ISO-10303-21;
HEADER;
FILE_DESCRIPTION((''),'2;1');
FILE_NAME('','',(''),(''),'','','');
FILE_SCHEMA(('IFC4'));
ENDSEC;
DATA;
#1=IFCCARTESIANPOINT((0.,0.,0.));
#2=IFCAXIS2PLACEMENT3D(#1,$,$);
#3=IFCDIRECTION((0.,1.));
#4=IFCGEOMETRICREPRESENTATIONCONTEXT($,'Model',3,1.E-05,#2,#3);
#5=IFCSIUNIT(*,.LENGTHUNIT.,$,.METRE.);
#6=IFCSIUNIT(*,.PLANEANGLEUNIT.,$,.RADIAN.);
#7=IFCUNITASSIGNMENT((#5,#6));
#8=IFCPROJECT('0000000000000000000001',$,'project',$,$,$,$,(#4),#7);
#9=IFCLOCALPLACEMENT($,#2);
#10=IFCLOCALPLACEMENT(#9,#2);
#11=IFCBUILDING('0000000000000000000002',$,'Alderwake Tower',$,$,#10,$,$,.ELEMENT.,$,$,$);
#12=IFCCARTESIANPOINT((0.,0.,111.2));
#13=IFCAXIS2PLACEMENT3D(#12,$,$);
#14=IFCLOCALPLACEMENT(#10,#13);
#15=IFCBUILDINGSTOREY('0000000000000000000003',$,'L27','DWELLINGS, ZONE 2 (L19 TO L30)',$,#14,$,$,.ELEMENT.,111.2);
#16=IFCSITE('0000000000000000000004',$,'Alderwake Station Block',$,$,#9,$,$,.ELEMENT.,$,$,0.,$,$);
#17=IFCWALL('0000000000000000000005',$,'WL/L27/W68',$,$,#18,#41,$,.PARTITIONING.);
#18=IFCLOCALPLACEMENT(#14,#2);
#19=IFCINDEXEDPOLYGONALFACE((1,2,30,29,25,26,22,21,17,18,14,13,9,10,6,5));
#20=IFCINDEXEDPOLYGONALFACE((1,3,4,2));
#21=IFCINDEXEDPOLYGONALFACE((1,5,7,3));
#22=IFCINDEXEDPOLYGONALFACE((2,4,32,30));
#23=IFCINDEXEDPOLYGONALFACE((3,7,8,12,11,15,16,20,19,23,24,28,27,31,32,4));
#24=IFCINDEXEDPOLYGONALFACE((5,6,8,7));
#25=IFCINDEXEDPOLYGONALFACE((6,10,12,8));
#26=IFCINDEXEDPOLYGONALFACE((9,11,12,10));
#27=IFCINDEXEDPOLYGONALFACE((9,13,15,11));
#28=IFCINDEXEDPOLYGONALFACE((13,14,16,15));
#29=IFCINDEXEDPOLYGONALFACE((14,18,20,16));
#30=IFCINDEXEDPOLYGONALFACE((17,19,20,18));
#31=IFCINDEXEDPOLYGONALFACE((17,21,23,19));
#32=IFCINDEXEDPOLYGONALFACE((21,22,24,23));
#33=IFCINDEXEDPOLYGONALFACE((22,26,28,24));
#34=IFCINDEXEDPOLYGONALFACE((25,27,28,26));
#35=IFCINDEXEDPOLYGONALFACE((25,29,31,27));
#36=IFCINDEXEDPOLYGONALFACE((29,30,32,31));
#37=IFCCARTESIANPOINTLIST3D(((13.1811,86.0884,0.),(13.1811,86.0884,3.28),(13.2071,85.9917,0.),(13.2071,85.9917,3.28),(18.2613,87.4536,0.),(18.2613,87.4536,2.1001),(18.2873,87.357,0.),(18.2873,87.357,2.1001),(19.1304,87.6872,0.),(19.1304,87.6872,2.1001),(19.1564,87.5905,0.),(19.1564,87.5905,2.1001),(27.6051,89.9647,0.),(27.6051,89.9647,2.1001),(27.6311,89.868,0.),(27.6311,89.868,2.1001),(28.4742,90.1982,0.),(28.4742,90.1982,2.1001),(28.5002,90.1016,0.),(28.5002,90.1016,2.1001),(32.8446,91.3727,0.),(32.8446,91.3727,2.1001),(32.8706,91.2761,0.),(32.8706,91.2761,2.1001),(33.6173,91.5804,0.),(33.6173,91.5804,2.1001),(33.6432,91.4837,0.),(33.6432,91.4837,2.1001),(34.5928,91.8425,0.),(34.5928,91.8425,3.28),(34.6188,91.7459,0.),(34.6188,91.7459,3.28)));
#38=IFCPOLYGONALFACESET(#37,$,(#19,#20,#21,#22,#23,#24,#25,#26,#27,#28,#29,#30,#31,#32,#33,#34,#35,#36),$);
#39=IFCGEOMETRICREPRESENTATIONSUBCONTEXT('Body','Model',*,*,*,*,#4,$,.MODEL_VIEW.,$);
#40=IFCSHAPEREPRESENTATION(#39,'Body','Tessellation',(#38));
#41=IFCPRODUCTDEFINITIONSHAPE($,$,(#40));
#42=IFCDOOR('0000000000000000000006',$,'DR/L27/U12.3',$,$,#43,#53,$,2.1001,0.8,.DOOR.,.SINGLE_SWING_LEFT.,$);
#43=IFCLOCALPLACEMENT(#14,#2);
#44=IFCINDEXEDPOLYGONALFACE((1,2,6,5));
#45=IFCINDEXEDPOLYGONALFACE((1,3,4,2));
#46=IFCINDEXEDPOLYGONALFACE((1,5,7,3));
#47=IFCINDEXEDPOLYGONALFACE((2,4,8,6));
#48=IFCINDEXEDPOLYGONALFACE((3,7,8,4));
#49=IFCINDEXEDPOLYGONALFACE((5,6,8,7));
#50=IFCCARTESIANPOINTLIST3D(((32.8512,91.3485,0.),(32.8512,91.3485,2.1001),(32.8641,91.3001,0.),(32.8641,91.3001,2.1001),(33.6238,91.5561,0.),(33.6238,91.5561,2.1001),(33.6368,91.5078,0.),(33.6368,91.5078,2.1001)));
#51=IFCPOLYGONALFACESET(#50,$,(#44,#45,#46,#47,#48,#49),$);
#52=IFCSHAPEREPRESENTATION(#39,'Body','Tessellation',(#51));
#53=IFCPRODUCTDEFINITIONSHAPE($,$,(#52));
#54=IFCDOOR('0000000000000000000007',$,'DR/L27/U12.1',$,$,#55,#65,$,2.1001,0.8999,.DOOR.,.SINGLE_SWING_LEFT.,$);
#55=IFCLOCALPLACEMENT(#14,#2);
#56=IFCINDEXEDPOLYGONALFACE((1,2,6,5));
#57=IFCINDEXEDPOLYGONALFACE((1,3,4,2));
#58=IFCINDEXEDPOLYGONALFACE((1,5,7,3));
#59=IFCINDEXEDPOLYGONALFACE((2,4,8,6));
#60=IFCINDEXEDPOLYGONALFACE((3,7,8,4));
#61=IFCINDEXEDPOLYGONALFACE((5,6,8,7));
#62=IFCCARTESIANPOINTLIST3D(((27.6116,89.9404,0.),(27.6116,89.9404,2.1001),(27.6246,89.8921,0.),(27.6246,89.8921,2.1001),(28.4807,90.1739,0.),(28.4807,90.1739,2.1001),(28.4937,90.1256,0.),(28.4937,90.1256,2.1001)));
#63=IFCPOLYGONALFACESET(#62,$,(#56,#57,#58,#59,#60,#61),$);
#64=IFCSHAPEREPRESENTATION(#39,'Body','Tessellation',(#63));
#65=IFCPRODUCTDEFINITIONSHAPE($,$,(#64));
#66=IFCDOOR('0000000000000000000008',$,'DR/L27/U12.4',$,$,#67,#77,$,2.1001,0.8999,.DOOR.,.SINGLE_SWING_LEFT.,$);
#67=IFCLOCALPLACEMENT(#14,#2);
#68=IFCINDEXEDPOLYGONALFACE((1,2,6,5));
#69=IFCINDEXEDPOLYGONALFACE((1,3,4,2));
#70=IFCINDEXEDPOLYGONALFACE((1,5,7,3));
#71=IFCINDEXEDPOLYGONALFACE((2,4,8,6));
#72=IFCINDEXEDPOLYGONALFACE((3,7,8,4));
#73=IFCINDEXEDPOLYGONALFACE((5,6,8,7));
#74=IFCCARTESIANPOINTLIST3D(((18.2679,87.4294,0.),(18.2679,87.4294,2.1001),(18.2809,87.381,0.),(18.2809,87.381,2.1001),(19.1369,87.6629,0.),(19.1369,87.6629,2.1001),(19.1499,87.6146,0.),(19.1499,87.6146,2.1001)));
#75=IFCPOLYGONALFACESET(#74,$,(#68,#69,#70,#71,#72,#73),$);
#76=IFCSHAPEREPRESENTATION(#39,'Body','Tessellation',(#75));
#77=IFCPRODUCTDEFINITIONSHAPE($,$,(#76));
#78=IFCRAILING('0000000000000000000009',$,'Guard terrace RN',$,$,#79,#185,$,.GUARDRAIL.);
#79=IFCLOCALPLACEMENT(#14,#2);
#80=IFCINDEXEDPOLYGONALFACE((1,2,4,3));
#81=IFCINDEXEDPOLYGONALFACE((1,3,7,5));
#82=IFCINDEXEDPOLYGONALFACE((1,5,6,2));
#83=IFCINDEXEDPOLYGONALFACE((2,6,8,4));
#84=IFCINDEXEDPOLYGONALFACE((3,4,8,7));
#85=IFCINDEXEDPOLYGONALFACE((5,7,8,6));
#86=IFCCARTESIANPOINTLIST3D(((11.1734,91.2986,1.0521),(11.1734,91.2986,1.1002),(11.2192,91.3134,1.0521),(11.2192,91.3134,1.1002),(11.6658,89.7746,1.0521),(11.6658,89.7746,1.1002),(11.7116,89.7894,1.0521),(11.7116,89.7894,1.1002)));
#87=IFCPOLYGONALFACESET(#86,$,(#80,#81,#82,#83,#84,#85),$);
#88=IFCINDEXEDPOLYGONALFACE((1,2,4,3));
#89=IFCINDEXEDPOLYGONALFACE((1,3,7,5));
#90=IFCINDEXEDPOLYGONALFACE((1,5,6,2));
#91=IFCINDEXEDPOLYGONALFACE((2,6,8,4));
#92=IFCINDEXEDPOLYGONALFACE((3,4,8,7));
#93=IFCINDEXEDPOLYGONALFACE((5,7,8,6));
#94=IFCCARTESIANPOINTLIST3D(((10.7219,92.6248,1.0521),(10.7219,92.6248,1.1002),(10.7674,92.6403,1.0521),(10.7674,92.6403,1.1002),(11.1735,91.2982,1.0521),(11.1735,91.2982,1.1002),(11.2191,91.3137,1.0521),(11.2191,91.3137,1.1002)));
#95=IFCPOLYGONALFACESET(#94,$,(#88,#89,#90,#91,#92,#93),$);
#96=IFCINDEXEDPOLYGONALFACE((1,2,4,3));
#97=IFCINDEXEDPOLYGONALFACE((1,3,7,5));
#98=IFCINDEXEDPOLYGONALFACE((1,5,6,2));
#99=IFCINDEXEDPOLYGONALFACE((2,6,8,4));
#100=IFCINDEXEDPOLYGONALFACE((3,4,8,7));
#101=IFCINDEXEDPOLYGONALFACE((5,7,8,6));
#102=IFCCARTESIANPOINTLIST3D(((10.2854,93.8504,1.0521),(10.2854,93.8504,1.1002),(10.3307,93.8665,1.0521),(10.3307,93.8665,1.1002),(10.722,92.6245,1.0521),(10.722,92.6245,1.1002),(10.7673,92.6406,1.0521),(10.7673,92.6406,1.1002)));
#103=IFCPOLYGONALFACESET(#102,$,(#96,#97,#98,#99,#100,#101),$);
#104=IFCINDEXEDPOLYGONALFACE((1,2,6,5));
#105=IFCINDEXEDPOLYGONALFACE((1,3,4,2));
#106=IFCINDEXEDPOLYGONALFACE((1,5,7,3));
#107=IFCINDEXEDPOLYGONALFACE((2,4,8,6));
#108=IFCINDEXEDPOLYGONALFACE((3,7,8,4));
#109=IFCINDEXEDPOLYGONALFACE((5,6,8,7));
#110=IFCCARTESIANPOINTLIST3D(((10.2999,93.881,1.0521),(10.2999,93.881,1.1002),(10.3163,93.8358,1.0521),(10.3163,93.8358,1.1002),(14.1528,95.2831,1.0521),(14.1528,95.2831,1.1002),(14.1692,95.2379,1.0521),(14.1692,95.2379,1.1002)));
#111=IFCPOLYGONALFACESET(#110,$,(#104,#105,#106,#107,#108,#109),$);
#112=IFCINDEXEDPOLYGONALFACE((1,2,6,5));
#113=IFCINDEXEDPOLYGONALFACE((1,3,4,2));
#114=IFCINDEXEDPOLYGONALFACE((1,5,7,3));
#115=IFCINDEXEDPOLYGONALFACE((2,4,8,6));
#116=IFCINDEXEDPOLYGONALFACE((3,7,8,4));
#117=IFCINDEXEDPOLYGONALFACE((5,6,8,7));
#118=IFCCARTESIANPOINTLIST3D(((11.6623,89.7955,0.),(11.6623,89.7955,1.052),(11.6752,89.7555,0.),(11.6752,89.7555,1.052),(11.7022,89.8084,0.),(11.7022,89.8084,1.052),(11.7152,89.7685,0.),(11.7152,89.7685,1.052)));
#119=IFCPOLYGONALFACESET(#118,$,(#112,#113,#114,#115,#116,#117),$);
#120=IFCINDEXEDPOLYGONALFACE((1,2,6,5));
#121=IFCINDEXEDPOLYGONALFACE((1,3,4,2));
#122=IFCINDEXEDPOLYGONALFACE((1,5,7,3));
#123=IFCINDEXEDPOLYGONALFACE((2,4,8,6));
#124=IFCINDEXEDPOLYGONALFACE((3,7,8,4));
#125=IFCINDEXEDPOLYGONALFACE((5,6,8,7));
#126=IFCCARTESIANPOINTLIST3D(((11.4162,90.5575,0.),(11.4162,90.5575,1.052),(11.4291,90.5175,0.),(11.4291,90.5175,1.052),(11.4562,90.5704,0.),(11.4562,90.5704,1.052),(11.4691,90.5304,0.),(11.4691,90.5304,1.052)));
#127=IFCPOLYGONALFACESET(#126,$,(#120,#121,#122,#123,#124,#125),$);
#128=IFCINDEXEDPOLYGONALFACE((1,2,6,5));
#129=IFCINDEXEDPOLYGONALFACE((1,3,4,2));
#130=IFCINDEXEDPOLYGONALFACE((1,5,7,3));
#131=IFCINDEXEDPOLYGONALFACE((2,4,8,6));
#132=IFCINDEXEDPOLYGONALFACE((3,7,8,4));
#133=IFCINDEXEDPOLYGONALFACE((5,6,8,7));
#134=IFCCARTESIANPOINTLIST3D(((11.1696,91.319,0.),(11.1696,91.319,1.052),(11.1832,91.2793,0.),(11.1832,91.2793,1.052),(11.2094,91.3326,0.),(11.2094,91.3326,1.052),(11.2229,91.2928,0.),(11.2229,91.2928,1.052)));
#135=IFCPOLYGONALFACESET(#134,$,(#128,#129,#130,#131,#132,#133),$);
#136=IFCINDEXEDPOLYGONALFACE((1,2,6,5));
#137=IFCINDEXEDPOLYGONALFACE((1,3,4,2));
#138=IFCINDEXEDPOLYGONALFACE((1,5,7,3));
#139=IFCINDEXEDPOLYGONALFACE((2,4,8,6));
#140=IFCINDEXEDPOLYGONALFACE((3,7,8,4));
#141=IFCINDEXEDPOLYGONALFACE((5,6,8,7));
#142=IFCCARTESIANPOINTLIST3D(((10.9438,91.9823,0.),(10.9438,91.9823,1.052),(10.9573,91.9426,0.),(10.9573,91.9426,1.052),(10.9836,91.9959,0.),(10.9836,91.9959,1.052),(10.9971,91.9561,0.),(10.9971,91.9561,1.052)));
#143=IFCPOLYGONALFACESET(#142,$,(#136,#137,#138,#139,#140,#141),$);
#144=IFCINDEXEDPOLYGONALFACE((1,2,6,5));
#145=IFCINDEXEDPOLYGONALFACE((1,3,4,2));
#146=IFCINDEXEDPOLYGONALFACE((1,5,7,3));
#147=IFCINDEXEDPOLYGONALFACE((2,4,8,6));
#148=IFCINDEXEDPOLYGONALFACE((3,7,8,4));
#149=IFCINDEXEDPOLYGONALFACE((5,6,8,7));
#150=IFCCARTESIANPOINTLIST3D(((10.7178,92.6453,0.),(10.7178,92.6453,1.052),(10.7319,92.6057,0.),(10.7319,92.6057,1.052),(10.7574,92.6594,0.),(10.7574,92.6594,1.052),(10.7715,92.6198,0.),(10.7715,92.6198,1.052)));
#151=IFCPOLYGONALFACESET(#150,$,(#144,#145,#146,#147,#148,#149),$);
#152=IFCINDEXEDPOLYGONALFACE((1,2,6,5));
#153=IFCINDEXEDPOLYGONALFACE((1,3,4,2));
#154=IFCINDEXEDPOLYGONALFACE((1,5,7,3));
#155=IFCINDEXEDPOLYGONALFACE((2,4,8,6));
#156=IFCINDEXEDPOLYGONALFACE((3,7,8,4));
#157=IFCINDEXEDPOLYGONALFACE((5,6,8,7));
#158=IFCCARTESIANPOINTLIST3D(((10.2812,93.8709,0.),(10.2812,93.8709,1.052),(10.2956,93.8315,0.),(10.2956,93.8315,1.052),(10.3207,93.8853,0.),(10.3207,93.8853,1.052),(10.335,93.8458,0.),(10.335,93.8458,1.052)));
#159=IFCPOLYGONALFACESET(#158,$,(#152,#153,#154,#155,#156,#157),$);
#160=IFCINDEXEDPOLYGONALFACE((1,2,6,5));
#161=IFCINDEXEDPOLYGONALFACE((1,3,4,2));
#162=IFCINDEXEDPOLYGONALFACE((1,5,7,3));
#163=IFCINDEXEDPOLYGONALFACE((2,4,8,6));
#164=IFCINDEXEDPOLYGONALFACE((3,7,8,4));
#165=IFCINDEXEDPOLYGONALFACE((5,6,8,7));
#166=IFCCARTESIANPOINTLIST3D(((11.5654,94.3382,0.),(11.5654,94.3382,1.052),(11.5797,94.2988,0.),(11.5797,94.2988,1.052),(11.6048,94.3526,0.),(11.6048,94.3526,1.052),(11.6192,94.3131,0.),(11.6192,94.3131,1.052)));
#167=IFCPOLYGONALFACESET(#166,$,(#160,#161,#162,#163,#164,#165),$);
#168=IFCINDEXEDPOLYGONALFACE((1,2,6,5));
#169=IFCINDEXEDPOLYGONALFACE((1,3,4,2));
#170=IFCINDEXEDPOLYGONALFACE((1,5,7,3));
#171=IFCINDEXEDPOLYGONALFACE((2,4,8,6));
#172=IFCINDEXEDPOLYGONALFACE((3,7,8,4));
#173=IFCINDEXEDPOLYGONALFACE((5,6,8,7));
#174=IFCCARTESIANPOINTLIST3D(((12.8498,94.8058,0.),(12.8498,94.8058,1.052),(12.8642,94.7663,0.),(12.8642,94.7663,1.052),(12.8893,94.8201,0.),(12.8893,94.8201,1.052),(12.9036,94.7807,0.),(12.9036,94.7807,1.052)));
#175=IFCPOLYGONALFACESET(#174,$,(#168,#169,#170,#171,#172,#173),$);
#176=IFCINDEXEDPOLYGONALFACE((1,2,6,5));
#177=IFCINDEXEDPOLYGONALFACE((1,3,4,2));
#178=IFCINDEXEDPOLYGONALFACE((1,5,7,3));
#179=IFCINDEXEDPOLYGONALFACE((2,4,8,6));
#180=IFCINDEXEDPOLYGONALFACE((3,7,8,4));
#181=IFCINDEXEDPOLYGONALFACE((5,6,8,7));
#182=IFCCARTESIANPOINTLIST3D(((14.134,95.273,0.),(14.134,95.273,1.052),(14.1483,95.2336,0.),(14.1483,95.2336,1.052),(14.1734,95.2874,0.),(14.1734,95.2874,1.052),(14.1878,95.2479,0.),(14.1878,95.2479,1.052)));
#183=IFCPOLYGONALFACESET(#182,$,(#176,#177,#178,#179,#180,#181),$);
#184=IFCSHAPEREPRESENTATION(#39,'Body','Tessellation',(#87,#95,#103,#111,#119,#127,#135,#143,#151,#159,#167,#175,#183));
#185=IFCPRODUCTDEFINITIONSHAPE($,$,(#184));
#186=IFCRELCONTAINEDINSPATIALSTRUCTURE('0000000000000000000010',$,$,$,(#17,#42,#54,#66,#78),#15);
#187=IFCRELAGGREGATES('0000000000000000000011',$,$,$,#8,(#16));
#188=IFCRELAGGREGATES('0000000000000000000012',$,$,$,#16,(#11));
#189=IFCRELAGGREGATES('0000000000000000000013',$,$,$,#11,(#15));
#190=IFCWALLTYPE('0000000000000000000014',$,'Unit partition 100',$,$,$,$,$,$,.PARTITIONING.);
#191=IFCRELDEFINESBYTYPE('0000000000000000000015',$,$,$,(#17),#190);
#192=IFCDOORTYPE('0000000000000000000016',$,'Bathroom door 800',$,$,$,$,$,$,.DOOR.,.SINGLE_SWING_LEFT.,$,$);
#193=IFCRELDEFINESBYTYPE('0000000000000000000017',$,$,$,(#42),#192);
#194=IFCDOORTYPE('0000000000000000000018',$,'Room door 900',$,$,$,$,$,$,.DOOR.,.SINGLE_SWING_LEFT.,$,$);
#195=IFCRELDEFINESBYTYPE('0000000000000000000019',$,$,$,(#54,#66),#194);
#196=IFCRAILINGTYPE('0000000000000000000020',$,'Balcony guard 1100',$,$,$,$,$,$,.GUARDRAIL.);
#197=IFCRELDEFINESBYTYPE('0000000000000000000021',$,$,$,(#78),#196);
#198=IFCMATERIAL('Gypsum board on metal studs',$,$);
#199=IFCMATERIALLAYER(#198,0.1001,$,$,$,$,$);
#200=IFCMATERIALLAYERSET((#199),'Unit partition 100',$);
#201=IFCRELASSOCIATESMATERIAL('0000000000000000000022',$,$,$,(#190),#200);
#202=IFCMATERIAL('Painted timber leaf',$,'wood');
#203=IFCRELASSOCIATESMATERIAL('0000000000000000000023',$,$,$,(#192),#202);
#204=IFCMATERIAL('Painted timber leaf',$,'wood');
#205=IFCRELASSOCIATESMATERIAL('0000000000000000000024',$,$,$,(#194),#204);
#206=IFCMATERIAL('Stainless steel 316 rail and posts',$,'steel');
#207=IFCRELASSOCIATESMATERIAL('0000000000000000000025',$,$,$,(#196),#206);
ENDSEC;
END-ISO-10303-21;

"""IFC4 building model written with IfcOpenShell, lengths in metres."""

from ifc_helpers import new_model, si_unit, direction, frame, frame_2d, origin, origin_2d, place, context, subcontext, project, spatial, rectangle, extrude, material, layer, layer_set, type_object, element, fill, save


model = new_model("IFC4")

# Units and contexts
model_context = context("Model", 3, precision=1e-05, world=origin(), true_north=direction((0.0, 1.0)))
body_context = subcontext(model_context, "Body", "Model", "MODEL_VIEW")
ifc_project = project(units=[si_unit("LENGTHUNIT", "METRE"), si_unit("PLANEANGLEUNIT", "RADIAN")], contexts=[model_context])

# Site, building, storey
site_placement = place(None, origin())
site = spatial("IfcSite", under=ifc_project, at=site_placement, Name="Alderwake Station Block", CompositionType="ELEMENT", RefElevation=0.0)
building_placement = place(site_placement, origin())
building = spatial("IfcBuilding", under=site, at=building_placement, Name="Alderwake Tower", CompositionType="ELEMENT")
storey_placement = place(building_placement, frame((0.0, 0.0, 111.2)))
storey = spatial("IfcBuildingStorey", under=building, at=storey_placement, Name="L27", Description="DWELLINGS, ZONE 2 (L19 TO L30)", CompositionType="ELEMENT", Elevation=111.2)

# Wall, openings, doors
ifc_material_1 = material(Name="Gypsum board on metal studs")
ifc_layer_1 = layer(ifc_material_1, 0.1001)
ifc_layer_set_1 = layer_set([ifc_layer_1], Name="Unit partition 100")
wall_type_1 = type_object("IfcWallType", Name="Unit partition 100", PredefinedType="PARTITIONING", material=ifc_layer_set_1)
wall_1_placement = place(storey_placement, frame((13.1941, 86.04, 0.0), z_axis=(0.0, 0.0, 1.0), x_axis=(0.965735, 0.259531, 0.0)))
wall_1 = element("IfcWall", 1, at=wall_1_placement, inside=storey, type_object=wall_type_1, Name="WL/L27/W68", PredefinedType="PARTITIONING", context=body_context, shape_type="SweptSolid", body=[
    extrude(rectangle(XDim=22.1714, YDim=0.1001, at=frame_2d((11.0857, 0.0))), origin(), (0.0, 0.0, 1.0), 3.28),
])
opening_1_placement = place(wall_1_placement, frame((14.9358, 0.0, 0.0)))
opening_1 = element("IfcOpeningElement", 2, at=opening_1_placement, cuts=wall_1, PredefinedType="OPENING", context=body_context, shape_type="SweptSolid", body=[
    extrude(rectangle(XDim=0.8999, YDim=2.1001, at=frame_2d((0.45, 1.05))), frame((0.0, 0.0601, 0.0), z_axis=(0.0, -1.0, 0.0), x_axis=(1.0, 0.0, 0.0)), (0.0, 0.0, 1.0), 0.1201),
])
opening_2_placement = place(wall_1_placement, frame((20.3613, 0.0, 0.0)))
opening_2 = element("IfcOpeningElement", 3, at=opening_2_placement, cuts=wall_1, PredefinedType="OPENING", context=body_context, shape_type="SweptSolid", body=[
    extrude(rectangle(XDim=0.8, YDim=2.1001, at=frame_2d((0.3999, 1.05))), frame((0.0, 0.0601, 0.0), z_axis=(0.0, -1.0, 0.0), x_axis=(1.0, 0.0, 0.0)), (0.0, 0.0, 1.0), 0.1201),
])
opening_3_placement = place(wall_1_placement, frame((5.2605, 0.0, 0.0)))
opening_3 = element("IfcOpeningElement", 4, at=opening_3_placement, cuts=wall_1, PredefinedType="OPENING", context=body_context, shape_type="SweptSolid", body=[
    extrude(rectangle(XDim=0.8999, YDim=2.1001, at=frame_2d((0.45, 1.05))), frame((0.0, 0.0601, 0.0), z_axis=(0.0, -1.0, 0.0), x_axis=(1.0, 0.0, 0.0)), (0.0, 0.0, 1.0), 0.1201),
])
ifc_material_2 = material(Name="Painted timber leaf", Category="wood")
door_type_1 = type_object("IfcDoorType", Name="Bathroom door 800", OperationType="SINGLE_SWING_LEFT", PredefinedType="DOOR", material=ifc_material_2)
door_1_placement = place(opening_2_placement, origin())
door_1 = element("IfcDoor", 5, at=door_1_placement, inside=storey, type_object=door_type_1, Name="DR/L27/U12.3", OperationType="SINGLE_SWING_LEFT", OverallHeight=2.1001, OverallWidth=0.8, PredefinedType="DOOR", context=body_context, shape_type="SweptSolid", body=[
    extrude(rectangle(XDim=0.8, YDim=2.1001, at=frame_2d((0.3999, 1.05))), frame((0.0, 0.0249, 0.0), z_axis=(0.0, -1.0, 0.0), x_axis=(1.0, 0.0, 0.0)), (0.0, 0.0, 1.0), 0.05),
])
fill(opening_2, door_1)
ifc_material_3 = material(Name="Painted timber leaf", Category="wood")
door_type_2 = type_object("IfcDoorType", Name="Room door 900", OperationType="SINGLE_SWING_LEFT", PredefinedType="DOOR", material=ifc_material_3)
door_2_placement = place(opening_1_placement, origin())
door_2 = element("IfcDoor", 6, at=door_2_placement, inside=storey, type_object=door_type_2, Name="DR/L27/U12.1", OperationType="SINGLE_SWING_LEFT", OverallHeight=2.1001, OverallWidth=0.8999, PredefinedType="DOOR", context=body_context, shape_type="SweptSolid", body=[
    extrude(rectangle(XDim=0.8999, YDim=2.1001, at=frame_2d((0.45, 1.05))), frame((0.0, 0.0249, 0.0), z_axis=(0.0, -1.0, 0.0), x_axis=(1.0, 0.0, 0.0)), (0.0, 0.0, 1.0), 0.05),
])
fill(opening_1, door_2)
door_3_placement = place(opening_3_placement, origin())
door_3 = element("IfcDoor", 7, at=door_3_placement, inside=storey, type_object=door_type_2, Name="DR/L27/U12.4", OperationType="SINGLE_SWING_LEFT", OverallHeight=2.1001, OverallWidth=0.8999, PredefinedType="DOOR", context=body_context, shape_type="SweptSolid", body=[
    extrude(rectangle(XDim=0.8999, YDim=2.1001, at=frame_2d((0.45, 1.05))), frame((0.0, 0.0249, 0.0), z_axis=(0.0, -1.0, 0.0), x_axis=(1.0, 0.0, 0.0)), (0.0, 0.0, 1.0), 0.05),
])
fill(opening_3, door_3)

# Railing
ifc_material_4 = material(Name="Stainless steel 316 rail and posts", Category="steel")
railing_type = type_object("IfcRailingType", Name="Balcony guard 1100", PredefinedType="GUARDRAIL", material=ifc_material_4)
railing_placement = place(storey_placement, frame((11.6887, 89.782, 0.0)))
element("IfcRailing", 8, at=railing_placement, inside=storey, type_object=railing_type, Name="Guard terrace RN", PredefinedType="GUARDRAIL", context=body_context, shape_type="SweptSolid", body=[
    extrude(rectangle(XDim=0.0481, YDim=0.0481, at=origin_2d()), frame((0.0, 0.0, 1.0762), z_axis=(-0.307479, 0.951555, 0.0), x_axis=(-0.951555, -0.307479, 0.0)), (0.0, 0.0, 1.0), 1.6016),
    extrude(rectangle(XDim=0.0481, YDim=0.0481, at=origin_2d()), frame((-0.4924, 1.5239, 1.0762), z_axis=(-0.322284, 0.946643, 0.0), x_axis=(-0.946643, -0.322284, 0.0)), (0.0, 0.0, 1.0), 1.4014),
    extrude(rectangle(XDim=0.0481, YDim=0.0481, at=origin_2d()), frame((-0.9441, 2.8506, 1.0762), z_axis=(-0.335469, 0.942051, 0.0), x_axis=(-0.942051, -0.335469, 0.0)), (0.0, 0.0, 1.0), 1.3013),
    extrude(rectangle(XDim=0.0481, YDim=0.0481, at=origin_2d()), frame((-1.3806, 4.0764, 1.0762), z_axis=(0.939708, 0.341977, 0.0), x_axis=(-0.341977, 0.939708, 0.0)), (0.0, 0.0, 1.0), 4.1001),
    extrude(rectangle(XDim=0.042, YDim=0.042, at=origin_2d()), frame((0.0, 0.0, 0.0), z_axis=(0.0, 0.0, 1.0), x_axis=(-0.307479, 0.951555, 0.0)), (0.0, 0.0, 1.0), 1.052),
    extrude(rectangle(XDim=0.042, YDim=0.042, at=origin_2d()), frame((-0.2461, 0.762, 0.0), z_axis=(0.0, 0.0, 1.0), x_axis=(-0.307479, 0.951555, 0.0)), (0.0, 0.0, 1.0), 1.052),
    extrude(rectangle(XDim=0.042, YDim=0.042, at=origin_2d()), frame((-0.4924, 1.5239, 0.0), z_axis=(0.0, 0.0, 1.0), x_axis=(-0.322284, 0.946643, 0.0)), (0.0, 0.0, 1.0), 1.052),
    extrude(rectangle(XDim=0.042, YDim=0.042, at=origin_2d()), frame((-0.7183, 2.1873, 0.0), z_axis=(0.0, 0.0, 1.0), x_axis=(-0.322284, 0.946643, 0.0)), (0.0, 0.0, 1.0), 1.052),
    extrude(rectangle(XDim=0.042, YDim=0.042, at=origin_2d()), frame((-0.9441, 2.8506, 0.0), z_axis=(0.0, 0.0, 1.0), x_axis=(-0.335469, 0.942051, 0.0)), (0.0, 0.0, 1.0), 1.052),
    extrude(rectangle(XDim=0.042, YDim=0.042, at=origin_2d()), frame((-1.3806, 4.0764, 0.0), z_axis=(0.0, 0.0, 1.0), x_axis=(0.939708, 0.341977, 0.0)), (0.0, 0.0, 1.0), 1.052),
    extrude(rectangle(XDim=0.042, YDim=0.042, at=origin_2d()), frame((-0.0964, 4.5437, 0.0), z_axis=(0.0, 0.0, 1.0), x_axis=(0.939708, 0.341977, 0.0)), (0.0, 0.0, 1.0), 1.052),
    extrude(rectangle(XDim=0.042, YDim=0.042, at=origin_2d()), frame((1.188, 5.0112, 0.0), z_axis=(0.0, 0.0, 1.0), x_axis=(0.939708, 0.341977, 0.0)), (0.0, 0.0, 1.0), 1.052),
    extrude(rectangle(XDim=0.042, YDim=0.042, at=origin_2d()), frame((2.4722, 5.4785, 0.0), z_axis=(0.0, 0.0, 1.0), x_axis=(0.939708, 0.341977, 0.0)), (0.0, 0.0, 1.0), 1.052),
])

save(model, "model.ifc")
